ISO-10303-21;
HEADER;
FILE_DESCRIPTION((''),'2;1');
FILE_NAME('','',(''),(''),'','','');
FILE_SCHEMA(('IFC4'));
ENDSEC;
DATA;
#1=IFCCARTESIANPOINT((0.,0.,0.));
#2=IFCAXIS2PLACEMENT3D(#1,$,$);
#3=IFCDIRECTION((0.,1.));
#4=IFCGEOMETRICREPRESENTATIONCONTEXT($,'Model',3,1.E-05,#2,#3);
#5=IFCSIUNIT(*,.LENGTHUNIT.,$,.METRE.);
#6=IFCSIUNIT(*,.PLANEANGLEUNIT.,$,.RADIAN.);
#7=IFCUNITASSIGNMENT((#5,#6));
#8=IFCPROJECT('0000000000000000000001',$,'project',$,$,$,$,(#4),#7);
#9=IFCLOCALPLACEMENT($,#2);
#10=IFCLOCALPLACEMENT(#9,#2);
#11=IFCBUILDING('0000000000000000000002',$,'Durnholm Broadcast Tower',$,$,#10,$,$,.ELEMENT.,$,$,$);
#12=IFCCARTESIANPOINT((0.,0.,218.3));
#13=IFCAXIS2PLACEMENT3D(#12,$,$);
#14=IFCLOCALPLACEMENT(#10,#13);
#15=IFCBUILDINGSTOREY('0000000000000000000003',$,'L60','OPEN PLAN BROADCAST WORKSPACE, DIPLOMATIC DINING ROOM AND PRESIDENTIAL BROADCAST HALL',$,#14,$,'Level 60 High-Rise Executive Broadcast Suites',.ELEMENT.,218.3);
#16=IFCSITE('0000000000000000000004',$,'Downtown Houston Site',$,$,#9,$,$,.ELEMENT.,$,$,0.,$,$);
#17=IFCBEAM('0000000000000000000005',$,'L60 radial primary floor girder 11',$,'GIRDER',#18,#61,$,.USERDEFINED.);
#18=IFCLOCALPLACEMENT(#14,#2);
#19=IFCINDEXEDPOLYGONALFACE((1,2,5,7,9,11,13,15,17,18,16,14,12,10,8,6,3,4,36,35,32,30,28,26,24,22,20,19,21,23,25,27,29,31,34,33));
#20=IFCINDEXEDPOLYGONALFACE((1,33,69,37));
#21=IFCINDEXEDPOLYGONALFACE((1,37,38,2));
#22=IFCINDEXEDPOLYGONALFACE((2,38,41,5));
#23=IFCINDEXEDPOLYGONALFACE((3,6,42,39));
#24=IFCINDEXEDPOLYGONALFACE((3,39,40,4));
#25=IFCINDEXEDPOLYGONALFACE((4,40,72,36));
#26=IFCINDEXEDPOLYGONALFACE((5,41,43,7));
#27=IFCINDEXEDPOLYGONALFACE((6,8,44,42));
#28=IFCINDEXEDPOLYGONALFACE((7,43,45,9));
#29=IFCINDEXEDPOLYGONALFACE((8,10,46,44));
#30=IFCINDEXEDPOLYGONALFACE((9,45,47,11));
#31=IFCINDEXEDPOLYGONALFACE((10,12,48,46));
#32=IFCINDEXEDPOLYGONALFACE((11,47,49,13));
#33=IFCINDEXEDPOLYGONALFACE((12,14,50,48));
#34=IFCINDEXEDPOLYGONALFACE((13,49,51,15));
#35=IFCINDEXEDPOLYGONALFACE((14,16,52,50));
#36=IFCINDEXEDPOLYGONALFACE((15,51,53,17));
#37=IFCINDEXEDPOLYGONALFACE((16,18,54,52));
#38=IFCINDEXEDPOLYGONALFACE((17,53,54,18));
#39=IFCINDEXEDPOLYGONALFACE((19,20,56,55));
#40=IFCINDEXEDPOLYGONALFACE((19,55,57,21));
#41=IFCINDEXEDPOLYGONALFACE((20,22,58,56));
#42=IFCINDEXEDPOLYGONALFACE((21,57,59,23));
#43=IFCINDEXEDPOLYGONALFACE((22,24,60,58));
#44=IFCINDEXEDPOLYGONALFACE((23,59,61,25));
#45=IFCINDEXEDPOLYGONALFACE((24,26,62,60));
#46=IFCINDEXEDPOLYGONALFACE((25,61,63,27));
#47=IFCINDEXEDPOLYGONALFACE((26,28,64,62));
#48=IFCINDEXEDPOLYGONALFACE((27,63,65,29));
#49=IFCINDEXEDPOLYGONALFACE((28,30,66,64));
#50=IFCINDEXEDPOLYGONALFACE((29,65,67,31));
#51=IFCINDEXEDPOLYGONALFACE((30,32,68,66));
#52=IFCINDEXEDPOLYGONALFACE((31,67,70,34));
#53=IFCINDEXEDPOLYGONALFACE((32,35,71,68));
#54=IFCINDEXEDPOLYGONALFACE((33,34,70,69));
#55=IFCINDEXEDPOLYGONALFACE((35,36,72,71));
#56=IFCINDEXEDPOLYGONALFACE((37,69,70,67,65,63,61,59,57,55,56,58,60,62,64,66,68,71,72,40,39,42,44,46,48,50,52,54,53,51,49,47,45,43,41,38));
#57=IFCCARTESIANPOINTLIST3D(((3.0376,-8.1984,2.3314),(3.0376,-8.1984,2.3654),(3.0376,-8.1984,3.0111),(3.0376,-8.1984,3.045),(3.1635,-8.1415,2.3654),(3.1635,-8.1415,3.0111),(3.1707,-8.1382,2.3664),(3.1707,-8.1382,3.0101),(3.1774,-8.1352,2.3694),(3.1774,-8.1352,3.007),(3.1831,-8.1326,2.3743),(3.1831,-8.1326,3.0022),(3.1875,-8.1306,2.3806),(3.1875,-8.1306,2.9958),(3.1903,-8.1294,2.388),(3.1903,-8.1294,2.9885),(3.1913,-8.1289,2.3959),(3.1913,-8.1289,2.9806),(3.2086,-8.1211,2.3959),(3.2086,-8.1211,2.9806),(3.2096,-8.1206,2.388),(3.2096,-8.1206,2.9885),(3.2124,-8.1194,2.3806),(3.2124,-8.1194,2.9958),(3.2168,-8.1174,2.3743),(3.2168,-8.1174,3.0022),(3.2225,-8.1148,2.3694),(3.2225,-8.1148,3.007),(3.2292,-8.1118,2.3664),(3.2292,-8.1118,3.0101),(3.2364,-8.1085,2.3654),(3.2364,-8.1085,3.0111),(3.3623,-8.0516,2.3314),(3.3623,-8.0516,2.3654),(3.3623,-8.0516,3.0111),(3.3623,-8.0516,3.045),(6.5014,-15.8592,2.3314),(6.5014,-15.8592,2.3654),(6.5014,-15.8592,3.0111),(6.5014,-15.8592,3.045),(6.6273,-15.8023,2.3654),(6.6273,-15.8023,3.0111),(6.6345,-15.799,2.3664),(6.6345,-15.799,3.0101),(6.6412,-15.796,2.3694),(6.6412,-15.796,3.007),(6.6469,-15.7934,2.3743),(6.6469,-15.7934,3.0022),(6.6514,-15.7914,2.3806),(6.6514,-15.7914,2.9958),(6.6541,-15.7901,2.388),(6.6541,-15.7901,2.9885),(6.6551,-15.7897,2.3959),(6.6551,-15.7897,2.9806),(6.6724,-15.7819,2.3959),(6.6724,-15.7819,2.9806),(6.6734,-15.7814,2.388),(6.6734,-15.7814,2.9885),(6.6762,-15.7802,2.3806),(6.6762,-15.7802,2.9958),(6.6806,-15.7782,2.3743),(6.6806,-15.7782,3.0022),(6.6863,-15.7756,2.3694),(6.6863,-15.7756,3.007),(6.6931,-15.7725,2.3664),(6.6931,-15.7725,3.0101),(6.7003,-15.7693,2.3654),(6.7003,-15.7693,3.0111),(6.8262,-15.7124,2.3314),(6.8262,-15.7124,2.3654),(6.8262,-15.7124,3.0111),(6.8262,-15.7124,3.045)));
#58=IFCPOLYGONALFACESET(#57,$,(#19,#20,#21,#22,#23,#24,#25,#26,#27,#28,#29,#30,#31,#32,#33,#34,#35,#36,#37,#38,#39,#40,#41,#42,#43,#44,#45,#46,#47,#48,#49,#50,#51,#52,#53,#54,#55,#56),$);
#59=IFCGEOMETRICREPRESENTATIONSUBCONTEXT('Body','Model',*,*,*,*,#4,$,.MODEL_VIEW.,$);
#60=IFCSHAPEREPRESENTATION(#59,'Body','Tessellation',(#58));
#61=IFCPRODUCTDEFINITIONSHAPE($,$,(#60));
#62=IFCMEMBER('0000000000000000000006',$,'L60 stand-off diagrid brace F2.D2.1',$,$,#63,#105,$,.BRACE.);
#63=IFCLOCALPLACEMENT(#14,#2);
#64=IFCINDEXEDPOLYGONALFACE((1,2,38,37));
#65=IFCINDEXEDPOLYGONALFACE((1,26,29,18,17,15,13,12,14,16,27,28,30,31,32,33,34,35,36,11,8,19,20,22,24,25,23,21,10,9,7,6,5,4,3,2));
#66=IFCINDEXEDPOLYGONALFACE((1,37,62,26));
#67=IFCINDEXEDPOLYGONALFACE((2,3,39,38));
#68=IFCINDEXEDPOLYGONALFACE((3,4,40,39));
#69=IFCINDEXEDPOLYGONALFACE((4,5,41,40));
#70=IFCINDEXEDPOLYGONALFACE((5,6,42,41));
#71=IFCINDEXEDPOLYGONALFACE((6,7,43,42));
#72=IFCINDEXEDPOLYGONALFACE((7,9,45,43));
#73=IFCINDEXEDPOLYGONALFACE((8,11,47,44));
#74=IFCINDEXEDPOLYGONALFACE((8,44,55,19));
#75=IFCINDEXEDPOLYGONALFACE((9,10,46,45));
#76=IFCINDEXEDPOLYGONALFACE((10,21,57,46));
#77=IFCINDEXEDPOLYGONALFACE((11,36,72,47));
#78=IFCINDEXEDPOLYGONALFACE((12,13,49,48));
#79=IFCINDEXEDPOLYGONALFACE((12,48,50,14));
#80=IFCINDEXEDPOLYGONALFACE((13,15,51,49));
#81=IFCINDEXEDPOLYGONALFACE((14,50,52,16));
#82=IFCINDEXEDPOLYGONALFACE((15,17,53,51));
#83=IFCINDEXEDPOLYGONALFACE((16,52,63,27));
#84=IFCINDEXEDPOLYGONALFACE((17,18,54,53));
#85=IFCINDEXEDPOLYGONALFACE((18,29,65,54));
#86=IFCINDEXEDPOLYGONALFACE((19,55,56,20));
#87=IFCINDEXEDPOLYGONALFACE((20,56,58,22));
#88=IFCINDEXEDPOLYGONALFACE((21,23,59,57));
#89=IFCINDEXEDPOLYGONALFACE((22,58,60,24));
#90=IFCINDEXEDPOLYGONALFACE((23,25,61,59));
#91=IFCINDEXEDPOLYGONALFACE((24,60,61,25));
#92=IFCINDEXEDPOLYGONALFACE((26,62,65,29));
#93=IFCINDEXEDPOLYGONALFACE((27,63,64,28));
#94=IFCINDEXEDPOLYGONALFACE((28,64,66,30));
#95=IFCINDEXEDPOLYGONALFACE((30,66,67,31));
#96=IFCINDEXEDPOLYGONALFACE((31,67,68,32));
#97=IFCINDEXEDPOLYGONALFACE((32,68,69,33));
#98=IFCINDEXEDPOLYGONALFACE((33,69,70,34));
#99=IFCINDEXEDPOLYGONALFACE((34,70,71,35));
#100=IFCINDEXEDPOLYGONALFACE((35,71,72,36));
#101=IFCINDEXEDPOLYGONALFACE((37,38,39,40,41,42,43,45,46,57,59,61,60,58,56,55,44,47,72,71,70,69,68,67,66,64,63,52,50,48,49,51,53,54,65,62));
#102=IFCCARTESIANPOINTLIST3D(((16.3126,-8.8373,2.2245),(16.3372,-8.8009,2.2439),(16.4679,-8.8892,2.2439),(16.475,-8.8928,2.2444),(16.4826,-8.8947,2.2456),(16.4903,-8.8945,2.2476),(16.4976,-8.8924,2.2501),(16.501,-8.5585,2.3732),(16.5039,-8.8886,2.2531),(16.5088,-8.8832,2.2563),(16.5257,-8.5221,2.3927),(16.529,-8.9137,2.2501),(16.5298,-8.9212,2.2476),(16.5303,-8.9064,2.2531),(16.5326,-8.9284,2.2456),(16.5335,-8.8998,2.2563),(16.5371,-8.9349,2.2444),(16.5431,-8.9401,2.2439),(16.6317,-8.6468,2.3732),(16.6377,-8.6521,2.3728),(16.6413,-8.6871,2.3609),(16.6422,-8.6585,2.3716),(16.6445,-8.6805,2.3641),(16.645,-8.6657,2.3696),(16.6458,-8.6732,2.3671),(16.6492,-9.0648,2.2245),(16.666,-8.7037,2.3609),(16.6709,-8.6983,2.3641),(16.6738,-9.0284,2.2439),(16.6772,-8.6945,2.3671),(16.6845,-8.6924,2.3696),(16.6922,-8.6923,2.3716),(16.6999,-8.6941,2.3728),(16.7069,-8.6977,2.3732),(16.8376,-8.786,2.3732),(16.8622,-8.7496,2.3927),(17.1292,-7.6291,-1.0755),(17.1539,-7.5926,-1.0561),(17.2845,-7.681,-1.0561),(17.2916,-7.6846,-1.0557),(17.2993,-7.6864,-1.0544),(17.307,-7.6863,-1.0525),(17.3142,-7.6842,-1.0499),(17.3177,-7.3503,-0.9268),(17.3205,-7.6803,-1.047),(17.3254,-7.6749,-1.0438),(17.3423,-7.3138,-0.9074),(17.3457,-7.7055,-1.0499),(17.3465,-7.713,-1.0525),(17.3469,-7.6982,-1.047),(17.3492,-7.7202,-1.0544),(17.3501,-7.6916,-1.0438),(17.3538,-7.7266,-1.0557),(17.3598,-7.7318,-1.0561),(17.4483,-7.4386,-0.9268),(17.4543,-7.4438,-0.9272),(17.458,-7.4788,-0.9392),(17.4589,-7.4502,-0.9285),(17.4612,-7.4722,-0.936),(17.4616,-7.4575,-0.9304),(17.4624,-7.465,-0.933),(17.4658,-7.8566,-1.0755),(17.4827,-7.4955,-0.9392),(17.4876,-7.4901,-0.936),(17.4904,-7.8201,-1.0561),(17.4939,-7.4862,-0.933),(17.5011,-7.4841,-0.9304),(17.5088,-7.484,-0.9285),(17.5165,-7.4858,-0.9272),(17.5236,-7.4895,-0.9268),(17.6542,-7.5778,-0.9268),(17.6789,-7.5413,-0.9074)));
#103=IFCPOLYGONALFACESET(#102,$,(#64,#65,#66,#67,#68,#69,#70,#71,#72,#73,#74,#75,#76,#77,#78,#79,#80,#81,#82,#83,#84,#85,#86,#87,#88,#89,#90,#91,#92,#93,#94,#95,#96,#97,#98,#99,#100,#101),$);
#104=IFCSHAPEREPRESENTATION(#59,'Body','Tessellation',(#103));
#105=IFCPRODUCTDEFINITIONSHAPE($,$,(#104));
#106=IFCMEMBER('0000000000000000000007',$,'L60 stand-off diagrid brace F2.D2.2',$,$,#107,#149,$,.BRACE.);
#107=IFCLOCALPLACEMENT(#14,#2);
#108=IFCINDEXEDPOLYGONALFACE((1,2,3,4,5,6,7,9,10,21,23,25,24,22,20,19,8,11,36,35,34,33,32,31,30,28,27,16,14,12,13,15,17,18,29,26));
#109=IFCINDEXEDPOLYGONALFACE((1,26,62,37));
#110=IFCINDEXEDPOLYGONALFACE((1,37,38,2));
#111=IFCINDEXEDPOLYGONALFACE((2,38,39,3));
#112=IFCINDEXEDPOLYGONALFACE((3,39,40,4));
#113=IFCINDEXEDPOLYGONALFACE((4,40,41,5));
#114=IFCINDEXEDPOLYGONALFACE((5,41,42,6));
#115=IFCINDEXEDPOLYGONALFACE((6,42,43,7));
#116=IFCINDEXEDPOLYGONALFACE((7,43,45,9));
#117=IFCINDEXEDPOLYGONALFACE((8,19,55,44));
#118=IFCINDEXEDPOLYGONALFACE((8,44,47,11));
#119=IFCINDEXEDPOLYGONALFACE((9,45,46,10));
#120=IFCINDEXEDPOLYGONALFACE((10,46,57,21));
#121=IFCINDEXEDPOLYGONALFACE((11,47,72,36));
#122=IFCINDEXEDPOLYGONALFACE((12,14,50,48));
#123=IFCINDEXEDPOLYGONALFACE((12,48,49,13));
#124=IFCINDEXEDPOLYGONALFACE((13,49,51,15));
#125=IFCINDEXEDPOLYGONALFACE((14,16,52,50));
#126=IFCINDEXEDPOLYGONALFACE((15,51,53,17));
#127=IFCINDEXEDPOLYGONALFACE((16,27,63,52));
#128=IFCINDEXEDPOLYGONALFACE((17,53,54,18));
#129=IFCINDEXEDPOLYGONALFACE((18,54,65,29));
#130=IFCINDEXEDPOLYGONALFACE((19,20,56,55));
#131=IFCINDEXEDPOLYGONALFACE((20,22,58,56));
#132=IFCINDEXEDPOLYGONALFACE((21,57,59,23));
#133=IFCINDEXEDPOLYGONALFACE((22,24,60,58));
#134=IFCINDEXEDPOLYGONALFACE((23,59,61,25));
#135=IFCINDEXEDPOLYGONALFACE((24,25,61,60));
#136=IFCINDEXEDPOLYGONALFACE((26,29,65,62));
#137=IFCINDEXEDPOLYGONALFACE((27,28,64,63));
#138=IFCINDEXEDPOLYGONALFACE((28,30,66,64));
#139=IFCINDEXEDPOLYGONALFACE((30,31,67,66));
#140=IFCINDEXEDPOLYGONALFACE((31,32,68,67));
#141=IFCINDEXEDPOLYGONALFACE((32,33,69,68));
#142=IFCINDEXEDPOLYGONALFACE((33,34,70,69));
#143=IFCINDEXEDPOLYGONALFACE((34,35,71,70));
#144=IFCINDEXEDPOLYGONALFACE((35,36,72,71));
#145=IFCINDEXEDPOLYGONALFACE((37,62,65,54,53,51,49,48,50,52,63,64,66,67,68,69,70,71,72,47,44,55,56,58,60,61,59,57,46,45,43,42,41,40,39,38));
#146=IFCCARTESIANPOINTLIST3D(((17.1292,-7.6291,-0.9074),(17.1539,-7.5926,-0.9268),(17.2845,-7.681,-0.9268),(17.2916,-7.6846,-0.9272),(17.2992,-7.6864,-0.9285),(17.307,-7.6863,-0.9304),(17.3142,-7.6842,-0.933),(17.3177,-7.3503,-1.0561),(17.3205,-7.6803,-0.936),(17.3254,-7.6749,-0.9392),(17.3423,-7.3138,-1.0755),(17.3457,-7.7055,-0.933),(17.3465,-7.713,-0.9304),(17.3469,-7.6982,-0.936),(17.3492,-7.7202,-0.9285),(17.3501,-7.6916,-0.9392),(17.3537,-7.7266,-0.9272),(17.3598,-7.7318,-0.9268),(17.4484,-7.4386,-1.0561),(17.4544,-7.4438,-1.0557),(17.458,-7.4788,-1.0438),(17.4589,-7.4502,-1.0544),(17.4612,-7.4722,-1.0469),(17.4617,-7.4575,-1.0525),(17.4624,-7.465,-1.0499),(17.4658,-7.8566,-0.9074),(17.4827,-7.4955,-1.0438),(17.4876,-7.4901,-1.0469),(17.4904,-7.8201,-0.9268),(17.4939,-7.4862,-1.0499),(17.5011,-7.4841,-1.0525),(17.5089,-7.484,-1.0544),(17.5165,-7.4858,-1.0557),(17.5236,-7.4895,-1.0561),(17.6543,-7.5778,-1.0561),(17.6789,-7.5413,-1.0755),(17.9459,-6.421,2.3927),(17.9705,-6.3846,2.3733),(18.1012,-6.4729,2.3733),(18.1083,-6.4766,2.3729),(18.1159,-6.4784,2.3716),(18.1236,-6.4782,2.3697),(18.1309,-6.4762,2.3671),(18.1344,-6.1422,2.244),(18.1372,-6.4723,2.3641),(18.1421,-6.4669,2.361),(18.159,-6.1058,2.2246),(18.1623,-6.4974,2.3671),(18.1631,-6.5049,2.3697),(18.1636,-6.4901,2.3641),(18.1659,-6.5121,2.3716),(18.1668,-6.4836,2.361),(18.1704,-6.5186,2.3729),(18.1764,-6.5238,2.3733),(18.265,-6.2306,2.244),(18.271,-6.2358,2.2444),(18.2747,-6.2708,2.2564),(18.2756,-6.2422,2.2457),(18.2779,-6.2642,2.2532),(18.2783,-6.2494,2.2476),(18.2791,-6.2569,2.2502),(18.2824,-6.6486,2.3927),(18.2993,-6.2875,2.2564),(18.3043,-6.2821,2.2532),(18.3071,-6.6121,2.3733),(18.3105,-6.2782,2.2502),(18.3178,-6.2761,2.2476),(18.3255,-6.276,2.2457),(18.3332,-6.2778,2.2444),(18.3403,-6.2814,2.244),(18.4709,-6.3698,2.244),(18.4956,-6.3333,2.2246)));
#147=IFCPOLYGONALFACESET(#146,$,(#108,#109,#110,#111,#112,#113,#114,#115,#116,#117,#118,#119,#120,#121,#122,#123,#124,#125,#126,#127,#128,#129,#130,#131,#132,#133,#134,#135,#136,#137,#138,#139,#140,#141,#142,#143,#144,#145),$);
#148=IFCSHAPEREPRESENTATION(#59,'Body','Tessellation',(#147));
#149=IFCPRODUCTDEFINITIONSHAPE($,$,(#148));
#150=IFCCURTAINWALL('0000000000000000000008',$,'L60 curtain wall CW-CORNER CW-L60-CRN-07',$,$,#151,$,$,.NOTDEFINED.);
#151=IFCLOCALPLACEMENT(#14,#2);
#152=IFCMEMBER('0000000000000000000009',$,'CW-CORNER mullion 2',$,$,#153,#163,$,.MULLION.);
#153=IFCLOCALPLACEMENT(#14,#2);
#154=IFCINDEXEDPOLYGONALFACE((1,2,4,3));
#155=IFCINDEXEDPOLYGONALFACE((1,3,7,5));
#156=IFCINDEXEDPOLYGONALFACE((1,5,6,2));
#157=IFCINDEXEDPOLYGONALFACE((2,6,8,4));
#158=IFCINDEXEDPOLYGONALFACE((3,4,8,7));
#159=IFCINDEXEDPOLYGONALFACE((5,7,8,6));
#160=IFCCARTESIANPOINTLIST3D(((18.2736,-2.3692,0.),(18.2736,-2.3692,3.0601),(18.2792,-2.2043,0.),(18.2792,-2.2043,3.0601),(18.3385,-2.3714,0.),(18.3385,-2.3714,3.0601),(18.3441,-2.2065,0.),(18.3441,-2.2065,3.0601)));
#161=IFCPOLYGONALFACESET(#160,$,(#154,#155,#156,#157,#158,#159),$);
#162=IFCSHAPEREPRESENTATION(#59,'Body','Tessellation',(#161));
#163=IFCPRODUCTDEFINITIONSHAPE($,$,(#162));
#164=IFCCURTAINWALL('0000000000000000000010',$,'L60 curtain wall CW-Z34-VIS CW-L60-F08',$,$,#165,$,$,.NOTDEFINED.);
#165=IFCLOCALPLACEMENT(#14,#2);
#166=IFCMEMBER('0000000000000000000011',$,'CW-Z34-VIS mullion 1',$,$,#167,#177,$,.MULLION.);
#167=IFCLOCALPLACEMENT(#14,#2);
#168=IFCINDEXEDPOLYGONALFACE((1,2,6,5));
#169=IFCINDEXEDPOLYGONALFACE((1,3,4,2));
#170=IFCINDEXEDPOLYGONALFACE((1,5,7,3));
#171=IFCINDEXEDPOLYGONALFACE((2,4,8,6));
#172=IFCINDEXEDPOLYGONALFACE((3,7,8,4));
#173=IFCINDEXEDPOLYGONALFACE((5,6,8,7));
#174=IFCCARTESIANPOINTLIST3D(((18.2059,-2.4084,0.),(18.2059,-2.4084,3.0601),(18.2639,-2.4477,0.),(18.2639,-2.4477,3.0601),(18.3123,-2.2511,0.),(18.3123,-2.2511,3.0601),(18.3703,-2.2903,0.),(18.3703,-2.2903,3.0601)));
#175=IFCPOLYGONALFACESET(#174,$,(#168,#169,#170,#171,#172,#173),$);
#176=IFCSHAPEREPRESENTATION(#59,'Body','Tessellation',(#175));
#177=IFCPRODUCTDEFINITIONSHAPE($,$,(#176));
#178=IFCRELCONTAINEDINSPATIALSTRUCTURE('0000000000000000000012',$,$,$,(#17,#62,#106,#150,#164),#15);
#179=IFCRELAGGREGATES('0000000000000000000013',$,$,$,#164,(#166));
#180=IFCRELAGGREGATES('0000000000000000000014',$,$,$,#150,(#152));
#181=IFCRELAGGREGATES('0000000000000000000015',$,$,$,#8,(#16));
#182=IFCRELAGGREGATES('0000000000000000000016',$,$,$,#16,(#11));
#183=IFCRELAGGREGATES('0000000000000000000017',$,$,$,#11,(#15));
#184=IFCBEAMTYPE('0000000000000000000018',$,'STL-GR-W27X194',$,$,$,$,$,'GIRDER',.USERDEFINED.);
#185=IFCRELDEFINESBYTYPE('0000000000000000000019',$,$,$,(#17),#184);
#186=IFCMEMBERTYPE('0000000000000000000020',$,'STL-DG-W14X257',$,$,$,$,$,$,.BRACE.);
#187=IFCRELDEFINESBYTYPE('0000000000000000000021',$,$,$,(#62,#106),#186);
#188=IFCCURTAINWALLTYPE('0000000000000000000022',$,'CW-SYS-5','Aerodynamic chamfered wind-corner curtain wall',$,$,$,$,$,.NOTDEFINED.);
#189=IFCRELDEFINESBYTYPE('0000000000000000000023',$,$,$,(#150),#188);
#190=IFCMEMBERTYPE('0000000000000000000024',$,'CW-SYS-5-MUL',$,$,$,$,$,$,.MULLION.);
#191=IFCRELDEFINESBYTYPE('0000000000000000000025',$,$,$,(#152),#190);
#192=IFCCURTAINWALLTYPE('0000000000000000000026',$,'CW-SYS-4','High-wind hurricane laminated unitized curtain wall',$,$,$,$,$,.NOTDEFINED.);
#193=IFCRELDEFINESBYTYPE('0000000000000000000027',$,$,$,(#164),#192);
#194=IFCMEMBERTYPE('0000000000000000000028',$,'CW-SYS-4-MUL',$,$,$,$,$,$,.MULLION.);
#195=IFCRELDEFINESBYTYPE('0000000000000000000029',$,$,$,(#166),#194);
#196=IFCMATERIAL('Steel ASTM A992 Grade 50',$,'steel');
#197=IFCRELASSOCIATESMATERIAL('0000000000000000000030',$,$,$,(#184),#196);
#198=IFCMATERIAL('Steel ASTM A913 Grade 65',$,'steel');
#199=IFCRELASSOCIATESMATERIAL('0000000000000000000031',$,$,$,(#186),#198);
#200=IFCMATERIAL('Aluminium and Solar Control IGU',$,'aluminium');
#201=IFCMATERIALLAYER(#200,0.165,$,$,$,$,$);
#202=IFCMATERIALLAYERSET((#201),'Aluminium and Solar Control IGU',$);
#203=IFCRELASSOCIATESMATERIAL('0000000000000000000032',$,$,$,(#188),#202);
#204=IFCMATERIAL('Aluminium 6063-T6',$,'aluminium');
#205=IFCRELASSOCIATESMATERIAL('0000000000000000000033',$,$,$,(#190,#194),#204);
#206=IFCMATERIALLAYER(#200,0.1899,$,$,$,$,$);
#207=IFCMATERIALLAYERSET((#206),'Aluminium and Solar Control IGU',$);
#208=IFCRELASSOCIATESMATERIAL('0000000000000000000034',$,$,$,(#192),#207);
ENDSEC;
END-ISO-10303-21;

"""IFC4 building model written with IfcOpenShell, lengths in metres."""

from ifc_helpers import new_model, si_unit, direction, frame, origin, origin_2d, place, context, subcontext, project, spatial, rectangle, i_section, extrude, source, transform, mapped, material, layer, layer_set, material_profile, profile_set, type_object, type_shapes, element, aggregate, save


model = new_model("IFC4")

# Units and contexts
model_context = context("Model", 3, precision=1e-05, world=origin(), true_north=direction((0.0, 1.0)))
body_context = subcontext(model_context, "Body", "Model", "MODEL_VIEW")
ifc_project = project(units=[si_unit("LENGTHUNIT", "METRE"), si_unit("PLANEANGLEUNIT", "RADIAN")], contexts=[model_context])

# Site, building, storey
site_placement = place(None, origin())
site = spatial("IfcSite", under=ifc_project, at=site_placement, Name="Downtown Houston Site", CompositionType="ELEMENT", RefElevation=0.0)
building_placement = place(site_placement, origin())
building = spatial("IfcBuilding", under=site, at=building_placement, Name="Durnholm Broadcast Tower", CompositionType="ELEMENT")
storey_placement = place(building_placement, frame((0.0, 0.0, 218.3)))
storey = spatial("IfcBuildingStorey", under=building, at=storey_placement, Name="L60", Description="OPEN PLAN BROADCAST WORKSPACE, DIPLOMATIC DINING ROOM AND PRESIDENTIAL BROADCAST HALL", LongName="Level 60 High-Rise Executive Broadcast Suites", CompositionType="ELEMENT", Elevation=218.3)

# Beam
ifc_material_1 = material(Name="Steel ASTM A992 Grade 50", Category="steel")
ifc_material_profile_1 = material_profile(ifc_material_1, i_section(OverallWidth=0.3564, OverallDepth=0.7136, WebThickness=0.019, FlangeThickness=0.0339, FilletRadius=0.0305, at=origin_2d()), Name="W27X194")
ifc_profile_set_1 = profile_set([ifc_material_profile_1], Name="Steel ASTM A992 Grade 50")
beam_type_1 = type_object("IfcBeamType", Name="STL-GR-W27X194", ElementType="GIRDER", PredefinedType="USERDEFINED", material=ifc_profile_set_1)
shared_shape_1 = source(origin(), body_context, "Body", "SweptSolid", [
    extrude(i_section(OverallWidth=0.3564, OverallDepth=0.7136, WebThickness=0.019, FlangeThickness=0.0339, FilletRadius=0.0305, at=origin_2d()), origin(), (0.0, 0.0, 1.0), 8.4075),
])
beam_1_placement = place(storey_placement, frame((3.2, -8.125, 2.6882), z_axis=(0.411993, -0.911187, 0.0), x_axis=(0.911187, 0.411993, 0.0)))
element("IfcBeam", 1, at=beam_1_placement, inside=storey, type_object=beam_type_1, Name="L60 radial primary floor girder 11", ObjectType="GIRDER", PredefinedType="USERDEFINED", context=body_context, shape_type="MappedRepresentation", body=[
    mapped(shared_shape_1, transform((0.0, 0.0, 0.0), x_axis=(1.0, 0.0, 0.0), y_axis=(0.0, 1.0, 0.0), z_axis=(0.0, 0.0, 1.0), scale=1.0)),
])

# Members
ifc_material_2 = material(Name="Steel ASTM A913 Grade 65", Category="steel")
ifc_material_profile_2 = material_profile(ifc_material_2, i_section(OverallWidth=0.4062, OverallDepth=0.416, WebThickness=0.0298, FlangeThickness=0.0481, FilletRadius=0.0305, at=origin_2d()), Name="W14X257")
ifc_profile_set_2 = profile_set([ifc_material_profile_2], Name="Steel ASTM A913 Grade 65")
member_type_1 = type_object("IfcMemberType", Name="STL-DG-W14X257", PredefinedType="BRACE", material=ifc_profile_set_2)
shared_shape_2 = source(origin(), body_context, "Body", "SweptSolid", [
    extrude(i_section(OverallWidth=0.4062, OverallDepth=0.416, WebThickness=0.0298, FlangeThickness=0.0481, FilletRadius=0.0305, at=origin_2d()), origin(), (0.0, 0.0, 1.0), 3.6079),
])
type_shapes(member_type_1, [shared_shape_2])
for number, where, z_axis, x_axis, name in (
    (2, (17.4041, -7.5852, -0.9915), (-0.226349, -0.334888, 0.914667), (0.828505, -0.559982, 0.0), "L60 stand-off diagrid brace F2.D2.1"),
    (3, (17.4041, -7.5852, -0.9915), (0.226354, 0.334828, 0.914688), (-0.828452, 0.560059, 0.0), "L60 stand-off diagrid brace F2.D2.2"),
):
    element("IfcMember", number, at=place(storey_placement, frame(where, z_axis=z_axis, x_axis=x_axis)), inside=storey, type_object=member_type_1, Name=name, PredefinedType="BRACE", context=body_context, shape_type="MappedRepresentation", body=[
        mapped(shared_shape_2, transform((0.0, 0.0, 0.0), x_axis=(1.0, 0.0, 0.0), y_axis=(0.0, 1.0, 0.0), z_axis=(0.0, 0.0, 1.0), scale=1.0)),
    ])

# Curtain wall, member
ifc_material_3 = material(Name="Aluminium and Solar Control IGU", Category="aluminium")
ifc_layer_1 = layer(ifc_material_3, 0.165)
ifc_layer_set_1 = layer_set([ifc_layer_1], Name="Aluminium and Solar Control IGU")
curtain_wall_type_1 = type_object("IfcCurtainWallType", Name="CW-SYS-5", Description="Aerodynamic chamfered wind-corner curtain wall", PredefinedType="NOTDEFINED", material=ifc_layer_set_1)
curtain_wall_1_placement = place(storey_placement, origin())
curtain_wall_1 = element("IfcCurtainWall", 4, at=curtain_wall_1_placement, inside=storey, type_object=curtain_wall_type_1, Name="L60 curtain wall CW-CORNER CW-L60-CRN-07", PredefinedType="NOTDEFINED")
ifc_material_4 = material(Name="Aluminium 6063-T6", Category="aluminium")
ifc_material_profile_3 = material_profile(ifc_material_4, rectangle(XDim=0.0649, YDim=0.165, at=origin_2d()), Name="CWM65X165")
ifc_profile_set_3 = profile_set([ifc_material_profile_3], Name="Aluminium 6063-T6")
member_type_2 = type_object("IfcMemberType", Name="CW-SYS-5-MUL", PredefinedType="MULLION", material=ifc_profile_set_3)
shared_shape_3 = source(origin(), body_context, "Body", "SweptSolid", [
    extrude(rectangle(XDim=0.0649, YDim=0.165, at=origin_2d()), origin(), (0.0, 0.0, 1.0), 3.0601),
])
type_shapes(member_type_2, [shared_shape_3])
member_1_placement = place(storey_placement, frame((18.3088, -2.2878, 0.0), z_axis=(0.0, 0.0, 1.0), x_axis=(0.999411, -0.034318, 0.0)))
member_1 = element("IfcMember", 5, at=member_1_placement, type_object=member_type_2, Name="CW-CORNER mullion 2", PredefinedType="MULLION", context=body_context, shape_type="MappedRepresentation", body=[
    mapped(shared_shape_3, transform((0.0, 0.0, 0.0), x_axis=(1.0, 0.0, 0.0), y_axis=(0.0, 1.0, 0.0), z_axis=(0.0, 0.0, 1.0), scale=1.0)),
])

# Curtain wall, member
ifc_layer_2 = layer(ifc_material_3, 0.1899)
ifc_layer_set_2 = layer_set([ifc_layer_2], Name="Aluminium and Solar Control IGU")
curtain_wall_type_2 = type_object("IfcCurtainWallType", Name="CW-SYS-4", Description="High-wind hurricane laminated unitized curtain wall", PredefinedType="NOTDEFINED", material=ifc_layer_set_2)
curtain_wall_2_placement = place(storey_placement, origin())
curtain_wall_2 = element("IfcCurtainWall", 6, at=curtain_wall_2_placement, inside=storey, type_object=curtain_wall_type_2, Name="L60 curtain wall CW-Z34-VIS CW-L60-F08", PredefinedType="NOTDEFINED")
ifc_material_profile_4 = material_profile(ifc_material_4, rectangle(XDim=0.0701, YDim=0.1899, at=origin_2d()), Name="CWM70X190")
ifc_profile_set_4 = profile_set([ifc_material_profile_4], Name="Aluminium 6063-T6")
member_type_3 = type_object("IfcMemberType", Name="CW-SYS-4-MUL", PredefinedType="MULLION", material=ifc_profile_set_4)
shared_shape_4 = source(origin(), body_context, "Body", "SweptSolid", [
    extrude(rectangle(XDim=0.0701, YDim=0.1899, at=origin_2d()), origin(), (0.0, 0.0, 1.0), 3.0601),
])
type_shapes(member_type_3, [shared_shape_4])
member_2_placement = place(storey_placement, frame((18.2881, -2.3494, 0.0), z_axis=(0.0, 0.0, 1.0), x_axis=(0.828443, -0.560073, 0.0)))
member_2 = element("IfcMember", 7, at=member_2_placement, type_object=member_type_3, Name="CW-Z34-VIS mullion 1", PredefinedType="MULLION", context=body_context, shape_type="MappedRepresentation", body=[
    mapped(shared_shape_4, transform((0.0, 0.0, 0.0), x_axis=(1.0, 0.0, 0.0), y_axis=(0.0, 1.0, 0.0), z_axis=(0.0, 0.0, 1.0), scale=1.0)),
])
aggregate(curtain_wall_2, [member_2])

aggregate(curtain_wall_1, [member_1])

save(model, "model.ifc")
